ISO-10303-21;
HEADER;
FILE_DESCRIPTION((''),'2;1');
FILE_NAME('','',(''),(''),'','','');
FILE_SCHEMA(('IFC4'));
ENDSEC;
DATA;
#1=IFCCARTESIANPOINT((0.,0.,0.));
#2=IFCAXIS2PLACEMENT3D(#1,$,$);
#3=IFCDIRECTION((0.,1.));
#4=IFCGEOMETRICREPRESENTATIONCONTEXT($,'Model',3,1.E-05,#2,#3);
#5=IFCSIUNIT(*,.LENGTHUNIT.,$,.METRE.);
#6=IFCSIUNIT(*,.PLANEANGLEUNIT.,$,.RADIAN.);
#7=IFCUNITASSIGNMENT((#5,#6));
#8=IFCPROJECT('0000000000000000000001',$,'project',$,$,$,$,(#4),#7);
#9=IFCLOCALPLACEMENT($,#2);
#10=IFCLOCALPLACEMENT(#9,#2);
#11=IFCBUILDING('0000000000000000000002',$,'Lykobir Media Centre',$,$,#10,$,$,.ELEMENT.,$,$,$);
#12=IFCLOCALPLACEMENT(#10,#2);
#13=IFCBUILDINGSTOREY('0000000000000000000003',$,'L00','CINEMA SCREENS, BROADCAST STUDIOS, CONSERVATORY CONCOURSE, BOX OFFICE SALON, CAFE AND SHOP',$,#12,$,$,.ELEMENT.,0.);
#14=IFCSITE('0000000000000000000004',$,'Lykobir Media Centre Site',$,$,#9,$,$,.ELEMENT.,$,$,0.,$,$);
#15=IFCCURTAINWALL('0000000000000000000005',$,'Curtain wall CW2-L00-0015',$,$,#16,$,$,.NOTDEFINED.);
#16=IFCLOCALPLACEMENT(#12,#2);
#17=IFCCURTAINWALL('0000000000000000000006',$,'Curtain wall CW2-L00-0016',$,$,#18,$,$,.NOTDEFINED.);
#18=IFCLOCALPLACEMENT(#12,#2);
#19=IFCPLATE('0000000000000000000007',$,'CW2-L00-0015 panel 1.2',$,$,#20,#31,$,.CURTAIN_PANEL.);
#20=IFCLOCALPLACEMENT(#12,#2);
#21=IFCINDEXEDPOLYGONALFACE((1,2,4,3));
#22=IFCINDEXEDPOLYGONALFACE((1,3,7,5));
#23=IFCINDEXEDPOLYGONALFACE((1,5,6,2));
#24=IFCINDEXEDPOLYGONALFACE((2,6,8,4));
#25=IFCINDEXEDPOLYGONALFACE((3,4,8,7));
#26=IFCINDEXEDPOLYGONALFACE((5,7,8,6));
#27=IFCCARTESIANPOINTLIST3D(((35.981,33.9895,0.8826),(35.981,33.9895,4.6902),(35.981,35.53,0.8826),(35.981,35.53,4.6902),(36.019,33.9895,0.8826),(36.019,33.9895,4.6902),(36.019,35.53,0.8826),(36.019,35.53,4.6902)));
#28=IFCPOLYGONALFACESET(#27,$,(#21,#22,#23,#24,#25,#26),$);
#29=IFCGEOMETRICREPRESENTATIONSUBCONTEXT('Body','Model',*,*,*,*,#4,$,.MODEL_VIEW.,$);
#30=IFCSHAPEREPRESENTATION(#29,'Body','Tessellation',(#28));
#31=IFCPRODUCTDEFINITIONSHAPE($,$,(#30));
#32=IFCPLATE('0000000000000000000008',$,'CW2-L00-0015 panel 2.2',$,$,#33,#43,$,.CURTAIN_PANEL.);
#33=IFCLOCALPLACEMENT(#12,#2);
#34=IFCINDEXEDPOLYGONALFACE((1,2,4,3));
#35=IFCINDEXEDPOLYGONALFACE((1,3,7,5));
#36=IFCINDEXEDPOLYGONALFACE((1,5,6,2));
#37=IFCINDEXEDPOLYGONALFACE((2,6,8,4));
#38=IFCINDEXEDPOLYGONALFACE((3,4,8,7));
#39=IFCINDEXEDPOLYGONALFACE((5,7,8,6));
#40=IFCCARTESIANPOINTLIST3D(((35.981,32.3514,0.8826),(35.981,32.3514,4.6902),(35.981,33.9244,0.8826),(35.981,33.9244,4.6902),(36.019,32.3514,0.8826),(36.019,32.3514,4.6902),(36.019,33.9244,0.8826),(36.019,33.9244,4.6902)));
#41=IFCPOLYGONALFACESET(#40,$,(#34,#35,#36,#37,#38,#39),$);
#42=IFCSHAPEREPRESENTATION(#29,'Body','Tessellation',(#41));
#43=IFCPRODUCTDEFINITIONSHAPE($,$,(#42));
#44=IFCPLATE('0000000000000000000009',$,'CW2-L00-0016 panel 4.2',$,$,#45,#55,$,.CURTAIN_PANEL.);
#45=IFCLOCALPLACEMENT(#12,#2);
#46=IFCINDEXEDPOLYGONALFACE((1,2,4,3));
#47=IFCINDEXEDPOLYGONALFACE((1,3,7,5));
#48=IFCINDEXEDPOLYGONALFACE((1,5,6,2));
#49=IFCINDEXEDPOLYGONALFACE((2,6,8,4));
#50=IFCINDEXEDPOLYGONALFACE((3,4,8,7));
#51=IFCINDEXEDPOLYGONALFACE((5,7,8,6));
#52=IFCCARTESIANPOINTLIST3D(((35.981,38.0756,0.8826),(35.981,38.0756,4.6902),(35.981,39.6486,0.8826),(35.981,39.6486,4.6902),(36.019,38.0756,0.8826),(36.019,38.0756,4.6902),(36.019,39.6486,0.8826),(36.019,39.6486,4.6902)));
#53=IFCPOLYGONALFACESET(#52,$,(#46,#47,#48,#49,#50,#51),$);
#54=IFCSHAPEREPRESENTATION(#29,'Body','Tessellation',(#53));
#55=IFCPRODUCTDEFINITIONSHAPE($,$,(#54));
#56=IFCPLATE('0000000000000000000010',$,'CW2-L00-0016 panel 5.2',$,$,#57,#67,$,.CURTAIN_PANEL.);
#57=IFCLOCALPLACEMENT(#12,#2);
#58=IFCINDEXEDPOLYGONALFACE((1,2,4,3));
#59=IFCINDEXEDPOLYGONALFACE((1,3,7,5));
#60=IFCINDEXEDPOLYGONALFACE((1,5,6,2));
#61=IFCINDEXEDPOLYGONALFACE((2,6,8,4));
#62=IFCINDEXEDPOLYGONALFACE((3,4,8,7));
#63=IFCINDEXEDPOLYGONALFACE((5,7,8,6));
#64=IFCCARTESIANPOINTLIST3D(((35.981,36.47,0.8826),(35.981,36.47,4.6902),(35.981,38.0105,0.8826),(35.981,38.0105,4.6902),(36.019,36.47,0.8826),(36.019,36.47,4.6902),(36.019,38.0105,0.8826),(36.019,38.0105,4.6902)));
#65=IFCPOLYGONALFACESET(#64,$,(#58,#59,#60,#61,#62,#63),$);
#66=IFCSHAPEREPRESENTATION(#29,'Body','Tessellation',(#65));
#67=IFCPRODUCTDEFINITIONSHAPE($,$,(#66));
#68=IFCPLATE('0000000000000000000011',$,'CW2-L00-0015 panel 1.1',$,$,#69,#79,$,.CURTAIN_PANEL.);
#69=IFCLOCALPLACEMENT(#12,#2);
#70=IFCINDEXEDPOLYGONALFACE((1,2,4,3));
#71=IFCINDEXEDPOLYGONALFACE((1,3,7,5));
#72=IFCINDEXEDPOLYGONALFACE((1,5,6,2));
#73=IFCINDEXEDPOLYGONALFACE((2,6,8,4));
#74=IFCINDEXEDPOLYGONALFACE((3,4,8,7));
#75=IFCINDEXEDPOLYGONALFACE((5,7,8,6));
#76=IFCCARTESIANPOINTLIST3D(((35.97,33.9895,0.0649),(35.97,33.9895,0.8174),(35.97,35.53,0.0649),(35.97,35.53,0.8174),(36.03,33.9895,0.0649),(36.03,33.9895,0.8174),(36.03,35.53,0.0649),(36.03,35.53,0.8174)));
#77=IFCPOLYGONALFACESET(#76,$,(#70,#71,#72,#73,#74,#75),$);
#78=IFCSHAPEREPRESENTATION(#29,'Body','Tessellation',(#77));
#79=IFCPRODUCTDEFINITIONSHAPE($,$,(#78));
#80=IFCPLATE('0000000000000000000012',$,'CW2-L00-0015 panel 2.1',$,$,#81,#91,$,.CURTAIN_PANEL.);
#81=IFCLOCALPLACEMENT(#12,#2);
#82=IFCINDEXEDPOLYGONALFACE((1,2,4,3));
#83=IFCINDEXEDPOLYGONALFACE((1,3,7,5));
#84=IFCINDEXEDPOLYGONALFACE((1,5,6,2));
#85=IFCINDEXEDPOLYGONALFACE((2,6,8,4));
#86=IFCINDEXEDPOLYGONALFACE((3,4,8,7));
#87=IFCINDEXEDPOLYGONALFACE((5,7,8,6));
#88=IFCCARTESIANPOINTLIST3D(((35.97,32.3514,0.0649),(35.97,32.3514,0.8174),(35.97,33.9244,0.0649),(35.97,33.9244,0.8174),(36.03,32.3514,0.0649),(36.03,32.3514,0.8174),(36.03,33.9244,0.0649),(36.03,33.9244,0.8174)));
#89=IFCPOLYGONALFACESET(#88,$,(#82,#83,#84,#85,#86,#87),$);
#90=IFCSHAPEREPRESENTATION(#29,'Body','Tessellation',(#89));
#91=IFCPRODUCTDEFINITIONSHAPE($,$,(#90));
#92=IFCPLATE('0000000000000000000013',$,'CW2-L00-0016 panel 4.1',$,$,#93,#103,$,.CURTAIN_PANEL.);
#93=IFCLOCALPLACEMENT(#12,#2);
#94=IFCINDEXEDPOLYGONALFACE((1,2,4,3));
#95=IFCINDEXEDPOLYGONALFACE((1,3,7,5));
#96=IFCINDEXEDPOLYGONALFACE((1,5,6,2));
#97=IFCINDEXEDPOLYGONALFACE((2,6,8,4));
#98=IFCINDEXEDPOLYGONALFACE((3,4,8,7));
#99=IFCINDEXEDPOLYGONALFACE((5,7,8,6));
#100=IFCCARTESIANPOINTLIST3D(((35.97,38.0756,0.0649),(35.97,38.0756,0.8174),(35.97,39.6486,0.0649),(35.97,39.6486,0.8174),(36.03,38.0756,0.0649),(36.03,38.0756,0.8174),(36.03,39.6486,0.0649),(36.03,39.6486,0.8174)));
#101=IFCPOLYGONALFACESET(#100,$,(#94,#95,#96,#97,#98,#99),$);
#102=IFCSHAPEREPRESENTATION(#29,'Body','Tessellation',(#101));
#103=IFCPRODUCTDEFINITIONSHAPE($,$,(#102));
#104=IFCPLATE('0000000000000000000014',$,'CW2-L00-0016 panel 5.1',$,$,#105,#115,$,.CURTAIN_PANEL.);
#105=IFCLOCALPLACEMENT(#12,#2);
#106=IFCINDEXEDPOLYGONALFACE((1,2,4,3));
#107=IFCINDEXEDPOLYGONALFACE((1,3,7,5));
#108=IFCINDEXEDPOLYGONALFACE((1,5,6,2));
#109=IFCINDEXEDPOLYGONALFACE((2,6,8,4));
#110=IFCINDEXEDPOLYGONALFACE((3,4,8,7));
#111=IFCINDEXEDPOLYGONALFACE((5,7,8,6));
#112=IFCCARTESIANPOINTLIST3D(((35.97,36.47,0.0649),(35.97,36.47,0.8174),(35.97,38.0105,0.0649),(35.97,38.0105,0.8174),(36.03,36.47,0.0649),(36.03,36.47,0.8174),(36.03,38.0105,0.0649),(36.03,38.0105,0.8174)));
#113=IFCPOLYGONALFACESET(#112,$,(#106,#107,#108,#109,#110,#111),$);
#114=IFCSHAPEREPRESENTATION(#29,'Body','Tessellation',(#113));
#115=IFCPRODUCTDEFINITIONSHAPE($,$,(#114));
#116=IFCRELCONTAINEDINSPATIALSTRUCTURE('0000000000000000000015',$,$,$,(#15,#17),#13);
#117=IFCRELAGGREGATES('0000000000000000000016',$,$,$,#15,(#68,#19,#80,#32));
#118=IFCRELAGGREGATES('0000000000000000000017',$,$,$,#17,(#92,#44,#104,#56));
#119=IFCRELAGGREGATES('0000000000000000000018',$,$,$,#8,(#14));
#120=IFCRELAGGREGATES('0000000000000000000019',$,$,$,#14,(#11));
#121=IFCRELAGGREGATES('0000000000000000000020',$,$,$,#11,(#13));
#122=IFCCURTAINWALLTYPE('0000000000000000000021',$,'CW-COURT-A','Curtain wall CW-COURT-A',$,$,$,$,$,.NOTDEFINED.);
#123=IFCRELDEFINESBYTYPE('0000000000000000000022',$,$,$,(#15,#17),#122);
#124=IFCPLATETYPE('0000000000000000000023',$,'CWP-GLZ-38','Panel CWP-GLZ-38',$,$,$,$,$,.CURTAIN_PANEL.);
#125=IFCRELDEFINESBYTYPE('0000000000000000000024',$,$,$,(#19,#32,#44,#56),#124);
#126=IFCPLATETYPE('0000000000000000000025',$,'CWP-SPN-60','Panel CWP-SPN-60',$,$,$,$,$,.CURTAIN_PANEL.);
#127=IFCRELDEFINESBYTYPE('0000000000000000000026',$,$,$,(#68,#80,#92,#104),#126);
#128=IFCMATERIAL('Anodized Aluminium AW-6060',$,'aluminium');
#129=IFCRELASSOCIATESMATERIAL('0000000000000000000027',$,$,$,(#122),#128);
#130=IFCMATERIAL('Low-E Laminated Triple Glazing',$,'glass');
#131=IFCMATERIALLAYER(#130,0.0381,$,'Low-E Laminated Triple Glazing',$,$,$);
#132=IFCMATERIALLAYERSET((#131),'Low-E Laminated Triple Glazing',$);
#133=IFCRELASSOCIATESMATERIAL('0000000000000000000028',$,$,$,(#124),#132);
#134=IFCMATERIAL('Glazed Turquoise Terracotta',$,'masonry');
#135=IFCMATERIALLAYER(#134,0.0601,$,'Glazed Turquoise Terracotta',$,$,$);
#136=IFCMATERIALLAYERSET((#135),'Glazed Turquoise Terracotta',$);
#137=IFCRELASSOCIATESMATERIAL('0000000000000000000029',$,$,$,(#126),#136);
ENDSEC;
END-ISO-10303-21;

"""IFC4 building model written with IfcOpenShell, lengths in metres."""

from ifc_helpers import new_model, si_unit, direction, frame, origin, origin_2d, place, context, subcontext, project, spatial, rectangle, extrude, material, layer, layer_set, type_object, element, aggregate, save


model = new_model("IFC4")

# Units and contexts
model_context = context("Model", 3, precision=1e-05, world=origin(), true_north=direction((0.0, 1.0)))
body_context = subcontext(model_context, "Body", "Model", "MODEL_VIEW")
ifc_project = project(units=[si_unit("LENGTHUNIT", "METRE"), si_unit("PLANEANGLEUNIT", "RADIAN")], contexts=[model_context])

# Site, building, storey
site_placement = place(None, origin())
site = spatial("IfcSite", under=ifc_project, at=site_placement, Name="Lykobir Media Centre Site", CompositionType="ELEMENT", RefElevation=0.0)
building_placement = place(site_placement, origin())
building = spatial("IfcBuilding", under=site, at=building_placement, Name="Lykobir Media Centre", CompositionType="ELEMENT")
storey_placement = place(building_placement, origin())
storey = spatial("IfcBuildingStorey", under=building, at=storey_placement, Name="L00", Description="CINEMA SCREENS, BROADCAST STUDIOS, CONSERVATORY CONCOURSE, BOX OFFICE SALON, CAFE AND SHOP", CompositionType="ELEMENT", Elevation=0.0)

# Curtain walls
ifc_material_1 = material(Name="Anodized Aluminium AW-6060", Category="aluminium")
curtain_wall_type = type_object("IfcCurtainWallType", Name="CW-COURT-A", Description="Curtain wall CW-COURT-A", PredefinedType="NOTDEFINED", material=ifc_material_1)
curtain_wall_1_placement = place(storey_placement, origin())
curtain_wall_1 = element("IfcCurtainWall", 1, at=curtain_wall_1_placement, inside=storey, type_object=curtain_wall_type, Name="Curtain wall CW2-L00-0015", PredefinedType="NOTDEFINED")
curtain_wall_2_placement = place(storey_placement, origin())
curtain_wall_2 = element("IfcCurtainWall", 2, at=curtain_wall_2_placement, inside=storey, type_object=curtain_wall_type, Name="Curtain wall CW2-L00-0016", PredefinedType="NOTDEFINED")

# Plates
ifc_material_2 = material(Name="Low-E Laminated Triple Glazing", Category="glass")
ifc_layer_1 = layer(ifc_material_2, 0.0381, Name="Low-E Laminated Triple Glazing")
ifc_layer_set_1 = layer_set([ifc_layer_1], Name="Low-E Laminated Triple Glazing")
plate_type_1 = type_object("IfcPlateType", Name="CWP-GLZ-38", Description="Panel CWP-GLZ-38", PredefinedType="CURTAIN_PANEL", material=ifc_layer_set_1)
plate_1_placement = place(storey_placement, frame((36.0, 34.7598, 0.8826), z_axis=(0.0, 0.0, 1.0), x_axis=(0.0, -1.0, 0.0)))
plate_1 = element("IfcPlate", 3, at=plate_1_placement, type_object=plate_type_1, Name="CW2-L00-0015 panel 1.2", PredefinedType="CURTAIN_PANEL", context=body_context, shape_type="SweptSolid", body=[
    extrude(rectangle(XDim=1.5405, YDim=0.0381, at=origin_2d()), origin(), (0.0, 0.0, 1.0), 3.8076),
])
plate_2_placement = place(storey_placement, frame((36.0, 33.1379, 0.8826), z_axis=(0.0, 0.0, 1.0), x_axis=(0.0, -1.0, 0.0)))
plate_2 = element("IfcPlate", 4, at=plate_2_placement, type_object=plate_type_1, Name="CW2-L00-0015 panel 2.2", PredefinedType="CURTAIN_PANEL", context=body_context, shape_type="SweptSolid", body=[
    extrude(rectangle(XDim=1.573, YDim=0.0381, at=origin_2d()), origin(), (0.0, 0.0, 1.0), 3.8076),
])
plate_3_placement = place(storey_placement, frame((36.0, 38.8621, 0.8826), z_axis=(0.0, 0.0, 1.0), x_axis=(0.0, -1.0, 0.0)))
plate_3 = element("IfcPlate", 5, at=plate_3_placement, type_object=plate_type_1, Name="CW2-L00-0016 panel 4.2", PredefinedType="CURTAIN_PANEL", context=body_context, shape_type="SweptSolid", body=[
    extrude(rectangle(XDim=1.573, YDim=0.0381, at=origin_2d()), origin(), (0.0, 0.0, 1.0), 3.8076),
])
plate_4_placement = place(storey_placement, frame((36.0, 37.2402, 0.8826), z_axis=(0.0, 0.0, 1.0), x_axis=(0.0, -1.0, 0.0)))
plate_4 = element("IfcPlate", 6, at=plate_4_placement, type_object=plate_type_1, Name="CW2-L00-0016 panel 5.2", PredefinedType="CURTAIN_PANEL", context=body_context, shape_type="SweptSolid", body=[
    extrude(rectangle(XDim=1.5405, YDim=0.0381, at=origin_2d()), origin(), (0.0, 0.0, 1.0), 3.8076),
])
ifc_material_3 = material(Name="Glazed Turquoise Terracotta", Category="masonry")
ifc_layer_2 = layer(ifc_material_3, 0.0601, Name="Glazed Turquoise Terracotta")
ifc_layer_set_2 = layer_set([ifc_layer_2], Name="Glazed Turquoise Terracotta")
plate_type_2 = type_object("IfcPlateType", Name="CWP-SPN-60", Description="Panel CWP-SPN-60", PredefinedType="CURTAIN_PANEL", material=ifc_layer_set_2)
plate_5_placement = place(storey_placement, frame((36.0, 34.7598, 0.0649), z_axis=(0.0, 0.0, 1.0), x_axis=(0.0, -1.0, 0.0)))
plate_5 = element("IfcPlate", 7, at=plate_5_placement, type_object=plate_type_2, Name="CW2-L00-0015 panel 1.1", PredefinedType="CURTAIN_PANEL", context=body_context, shape_type="SweptSolid", body=[
    extrude(rectangle(XDim=1.5405, YDim=0.0601, at=origin_2d()), origin(), (0.0, 0.0, 1.0), 0.7524),
])
plate_6_placement = place(storey_placement, frame((36.0, 33.1379, 0.0649), z_axis=(0.0, 0.0, 1.0), x_axis=(0.0, -1.0, 0.0)))
plate_6 = element("IfcPlate", 8, at=plate_6_placement, type_object=plate_type_2, Name="CW2-L00-0015 panel 2.1", PredefinedType="CURTAIN_PANEL", context=body_context, shape_type="SweptSolid", body=[
    extrude(rectangle(XDim=1.573, YDim=0.0601, at=origin_2d()), origin(), (0.0, 0.0, 1.0), 0.7524),
])
aggregate(curtain_wall_1, [plate_5, plate_1, plate_6, plate_2])
plate_7_placement = place(storey_placement, frame((36.0, 38.8621, 0.0649), z_axis=(0.0, 0.0, 1.0), x_axis=(0.0, -1.0, 0.0)))
plate_7 = element("IfcPlate", 9, at=plate_7_placement, type_object=plate_type_2, Name="CW2-L00-0016 panel 4.1", PredefinedType="CURTAIN_PANEL", context=body_context, shape_type="SweptSolid", body=[
    extrude(rectangle(XDim=1.573, YDim=0.0601, at=origin_2d()), origin(), (0.0, 0.0, 1.0), 0.7524),
])
plate_8_placement = place(storey_placement, frame((36.0, 37.2402, 0.0649), z_axis=(0.0, 0.0, 1.0), x_axis=(0.0, -1.0, 0.0)))
plate_8 = element("IfcPlate", 10, at=plate_8_placement, type_object=plate_type_2, Name="CW2-L00-0016 panel 5.1", PredefinedType="CURTAIN_PANEL", context=body_context, shape_type="SweptSolid", body=[
    extrude(rectangle(XDim=1.5405, YDim=0.0601, at=origin_2d()), origin(), (0.0, 0.0, 1.0), 0.7524),
])
aggregate(curtain_wall_2, [plate_7, plate_3, plate_8, plate_4])

save(model, "model.ifc")
